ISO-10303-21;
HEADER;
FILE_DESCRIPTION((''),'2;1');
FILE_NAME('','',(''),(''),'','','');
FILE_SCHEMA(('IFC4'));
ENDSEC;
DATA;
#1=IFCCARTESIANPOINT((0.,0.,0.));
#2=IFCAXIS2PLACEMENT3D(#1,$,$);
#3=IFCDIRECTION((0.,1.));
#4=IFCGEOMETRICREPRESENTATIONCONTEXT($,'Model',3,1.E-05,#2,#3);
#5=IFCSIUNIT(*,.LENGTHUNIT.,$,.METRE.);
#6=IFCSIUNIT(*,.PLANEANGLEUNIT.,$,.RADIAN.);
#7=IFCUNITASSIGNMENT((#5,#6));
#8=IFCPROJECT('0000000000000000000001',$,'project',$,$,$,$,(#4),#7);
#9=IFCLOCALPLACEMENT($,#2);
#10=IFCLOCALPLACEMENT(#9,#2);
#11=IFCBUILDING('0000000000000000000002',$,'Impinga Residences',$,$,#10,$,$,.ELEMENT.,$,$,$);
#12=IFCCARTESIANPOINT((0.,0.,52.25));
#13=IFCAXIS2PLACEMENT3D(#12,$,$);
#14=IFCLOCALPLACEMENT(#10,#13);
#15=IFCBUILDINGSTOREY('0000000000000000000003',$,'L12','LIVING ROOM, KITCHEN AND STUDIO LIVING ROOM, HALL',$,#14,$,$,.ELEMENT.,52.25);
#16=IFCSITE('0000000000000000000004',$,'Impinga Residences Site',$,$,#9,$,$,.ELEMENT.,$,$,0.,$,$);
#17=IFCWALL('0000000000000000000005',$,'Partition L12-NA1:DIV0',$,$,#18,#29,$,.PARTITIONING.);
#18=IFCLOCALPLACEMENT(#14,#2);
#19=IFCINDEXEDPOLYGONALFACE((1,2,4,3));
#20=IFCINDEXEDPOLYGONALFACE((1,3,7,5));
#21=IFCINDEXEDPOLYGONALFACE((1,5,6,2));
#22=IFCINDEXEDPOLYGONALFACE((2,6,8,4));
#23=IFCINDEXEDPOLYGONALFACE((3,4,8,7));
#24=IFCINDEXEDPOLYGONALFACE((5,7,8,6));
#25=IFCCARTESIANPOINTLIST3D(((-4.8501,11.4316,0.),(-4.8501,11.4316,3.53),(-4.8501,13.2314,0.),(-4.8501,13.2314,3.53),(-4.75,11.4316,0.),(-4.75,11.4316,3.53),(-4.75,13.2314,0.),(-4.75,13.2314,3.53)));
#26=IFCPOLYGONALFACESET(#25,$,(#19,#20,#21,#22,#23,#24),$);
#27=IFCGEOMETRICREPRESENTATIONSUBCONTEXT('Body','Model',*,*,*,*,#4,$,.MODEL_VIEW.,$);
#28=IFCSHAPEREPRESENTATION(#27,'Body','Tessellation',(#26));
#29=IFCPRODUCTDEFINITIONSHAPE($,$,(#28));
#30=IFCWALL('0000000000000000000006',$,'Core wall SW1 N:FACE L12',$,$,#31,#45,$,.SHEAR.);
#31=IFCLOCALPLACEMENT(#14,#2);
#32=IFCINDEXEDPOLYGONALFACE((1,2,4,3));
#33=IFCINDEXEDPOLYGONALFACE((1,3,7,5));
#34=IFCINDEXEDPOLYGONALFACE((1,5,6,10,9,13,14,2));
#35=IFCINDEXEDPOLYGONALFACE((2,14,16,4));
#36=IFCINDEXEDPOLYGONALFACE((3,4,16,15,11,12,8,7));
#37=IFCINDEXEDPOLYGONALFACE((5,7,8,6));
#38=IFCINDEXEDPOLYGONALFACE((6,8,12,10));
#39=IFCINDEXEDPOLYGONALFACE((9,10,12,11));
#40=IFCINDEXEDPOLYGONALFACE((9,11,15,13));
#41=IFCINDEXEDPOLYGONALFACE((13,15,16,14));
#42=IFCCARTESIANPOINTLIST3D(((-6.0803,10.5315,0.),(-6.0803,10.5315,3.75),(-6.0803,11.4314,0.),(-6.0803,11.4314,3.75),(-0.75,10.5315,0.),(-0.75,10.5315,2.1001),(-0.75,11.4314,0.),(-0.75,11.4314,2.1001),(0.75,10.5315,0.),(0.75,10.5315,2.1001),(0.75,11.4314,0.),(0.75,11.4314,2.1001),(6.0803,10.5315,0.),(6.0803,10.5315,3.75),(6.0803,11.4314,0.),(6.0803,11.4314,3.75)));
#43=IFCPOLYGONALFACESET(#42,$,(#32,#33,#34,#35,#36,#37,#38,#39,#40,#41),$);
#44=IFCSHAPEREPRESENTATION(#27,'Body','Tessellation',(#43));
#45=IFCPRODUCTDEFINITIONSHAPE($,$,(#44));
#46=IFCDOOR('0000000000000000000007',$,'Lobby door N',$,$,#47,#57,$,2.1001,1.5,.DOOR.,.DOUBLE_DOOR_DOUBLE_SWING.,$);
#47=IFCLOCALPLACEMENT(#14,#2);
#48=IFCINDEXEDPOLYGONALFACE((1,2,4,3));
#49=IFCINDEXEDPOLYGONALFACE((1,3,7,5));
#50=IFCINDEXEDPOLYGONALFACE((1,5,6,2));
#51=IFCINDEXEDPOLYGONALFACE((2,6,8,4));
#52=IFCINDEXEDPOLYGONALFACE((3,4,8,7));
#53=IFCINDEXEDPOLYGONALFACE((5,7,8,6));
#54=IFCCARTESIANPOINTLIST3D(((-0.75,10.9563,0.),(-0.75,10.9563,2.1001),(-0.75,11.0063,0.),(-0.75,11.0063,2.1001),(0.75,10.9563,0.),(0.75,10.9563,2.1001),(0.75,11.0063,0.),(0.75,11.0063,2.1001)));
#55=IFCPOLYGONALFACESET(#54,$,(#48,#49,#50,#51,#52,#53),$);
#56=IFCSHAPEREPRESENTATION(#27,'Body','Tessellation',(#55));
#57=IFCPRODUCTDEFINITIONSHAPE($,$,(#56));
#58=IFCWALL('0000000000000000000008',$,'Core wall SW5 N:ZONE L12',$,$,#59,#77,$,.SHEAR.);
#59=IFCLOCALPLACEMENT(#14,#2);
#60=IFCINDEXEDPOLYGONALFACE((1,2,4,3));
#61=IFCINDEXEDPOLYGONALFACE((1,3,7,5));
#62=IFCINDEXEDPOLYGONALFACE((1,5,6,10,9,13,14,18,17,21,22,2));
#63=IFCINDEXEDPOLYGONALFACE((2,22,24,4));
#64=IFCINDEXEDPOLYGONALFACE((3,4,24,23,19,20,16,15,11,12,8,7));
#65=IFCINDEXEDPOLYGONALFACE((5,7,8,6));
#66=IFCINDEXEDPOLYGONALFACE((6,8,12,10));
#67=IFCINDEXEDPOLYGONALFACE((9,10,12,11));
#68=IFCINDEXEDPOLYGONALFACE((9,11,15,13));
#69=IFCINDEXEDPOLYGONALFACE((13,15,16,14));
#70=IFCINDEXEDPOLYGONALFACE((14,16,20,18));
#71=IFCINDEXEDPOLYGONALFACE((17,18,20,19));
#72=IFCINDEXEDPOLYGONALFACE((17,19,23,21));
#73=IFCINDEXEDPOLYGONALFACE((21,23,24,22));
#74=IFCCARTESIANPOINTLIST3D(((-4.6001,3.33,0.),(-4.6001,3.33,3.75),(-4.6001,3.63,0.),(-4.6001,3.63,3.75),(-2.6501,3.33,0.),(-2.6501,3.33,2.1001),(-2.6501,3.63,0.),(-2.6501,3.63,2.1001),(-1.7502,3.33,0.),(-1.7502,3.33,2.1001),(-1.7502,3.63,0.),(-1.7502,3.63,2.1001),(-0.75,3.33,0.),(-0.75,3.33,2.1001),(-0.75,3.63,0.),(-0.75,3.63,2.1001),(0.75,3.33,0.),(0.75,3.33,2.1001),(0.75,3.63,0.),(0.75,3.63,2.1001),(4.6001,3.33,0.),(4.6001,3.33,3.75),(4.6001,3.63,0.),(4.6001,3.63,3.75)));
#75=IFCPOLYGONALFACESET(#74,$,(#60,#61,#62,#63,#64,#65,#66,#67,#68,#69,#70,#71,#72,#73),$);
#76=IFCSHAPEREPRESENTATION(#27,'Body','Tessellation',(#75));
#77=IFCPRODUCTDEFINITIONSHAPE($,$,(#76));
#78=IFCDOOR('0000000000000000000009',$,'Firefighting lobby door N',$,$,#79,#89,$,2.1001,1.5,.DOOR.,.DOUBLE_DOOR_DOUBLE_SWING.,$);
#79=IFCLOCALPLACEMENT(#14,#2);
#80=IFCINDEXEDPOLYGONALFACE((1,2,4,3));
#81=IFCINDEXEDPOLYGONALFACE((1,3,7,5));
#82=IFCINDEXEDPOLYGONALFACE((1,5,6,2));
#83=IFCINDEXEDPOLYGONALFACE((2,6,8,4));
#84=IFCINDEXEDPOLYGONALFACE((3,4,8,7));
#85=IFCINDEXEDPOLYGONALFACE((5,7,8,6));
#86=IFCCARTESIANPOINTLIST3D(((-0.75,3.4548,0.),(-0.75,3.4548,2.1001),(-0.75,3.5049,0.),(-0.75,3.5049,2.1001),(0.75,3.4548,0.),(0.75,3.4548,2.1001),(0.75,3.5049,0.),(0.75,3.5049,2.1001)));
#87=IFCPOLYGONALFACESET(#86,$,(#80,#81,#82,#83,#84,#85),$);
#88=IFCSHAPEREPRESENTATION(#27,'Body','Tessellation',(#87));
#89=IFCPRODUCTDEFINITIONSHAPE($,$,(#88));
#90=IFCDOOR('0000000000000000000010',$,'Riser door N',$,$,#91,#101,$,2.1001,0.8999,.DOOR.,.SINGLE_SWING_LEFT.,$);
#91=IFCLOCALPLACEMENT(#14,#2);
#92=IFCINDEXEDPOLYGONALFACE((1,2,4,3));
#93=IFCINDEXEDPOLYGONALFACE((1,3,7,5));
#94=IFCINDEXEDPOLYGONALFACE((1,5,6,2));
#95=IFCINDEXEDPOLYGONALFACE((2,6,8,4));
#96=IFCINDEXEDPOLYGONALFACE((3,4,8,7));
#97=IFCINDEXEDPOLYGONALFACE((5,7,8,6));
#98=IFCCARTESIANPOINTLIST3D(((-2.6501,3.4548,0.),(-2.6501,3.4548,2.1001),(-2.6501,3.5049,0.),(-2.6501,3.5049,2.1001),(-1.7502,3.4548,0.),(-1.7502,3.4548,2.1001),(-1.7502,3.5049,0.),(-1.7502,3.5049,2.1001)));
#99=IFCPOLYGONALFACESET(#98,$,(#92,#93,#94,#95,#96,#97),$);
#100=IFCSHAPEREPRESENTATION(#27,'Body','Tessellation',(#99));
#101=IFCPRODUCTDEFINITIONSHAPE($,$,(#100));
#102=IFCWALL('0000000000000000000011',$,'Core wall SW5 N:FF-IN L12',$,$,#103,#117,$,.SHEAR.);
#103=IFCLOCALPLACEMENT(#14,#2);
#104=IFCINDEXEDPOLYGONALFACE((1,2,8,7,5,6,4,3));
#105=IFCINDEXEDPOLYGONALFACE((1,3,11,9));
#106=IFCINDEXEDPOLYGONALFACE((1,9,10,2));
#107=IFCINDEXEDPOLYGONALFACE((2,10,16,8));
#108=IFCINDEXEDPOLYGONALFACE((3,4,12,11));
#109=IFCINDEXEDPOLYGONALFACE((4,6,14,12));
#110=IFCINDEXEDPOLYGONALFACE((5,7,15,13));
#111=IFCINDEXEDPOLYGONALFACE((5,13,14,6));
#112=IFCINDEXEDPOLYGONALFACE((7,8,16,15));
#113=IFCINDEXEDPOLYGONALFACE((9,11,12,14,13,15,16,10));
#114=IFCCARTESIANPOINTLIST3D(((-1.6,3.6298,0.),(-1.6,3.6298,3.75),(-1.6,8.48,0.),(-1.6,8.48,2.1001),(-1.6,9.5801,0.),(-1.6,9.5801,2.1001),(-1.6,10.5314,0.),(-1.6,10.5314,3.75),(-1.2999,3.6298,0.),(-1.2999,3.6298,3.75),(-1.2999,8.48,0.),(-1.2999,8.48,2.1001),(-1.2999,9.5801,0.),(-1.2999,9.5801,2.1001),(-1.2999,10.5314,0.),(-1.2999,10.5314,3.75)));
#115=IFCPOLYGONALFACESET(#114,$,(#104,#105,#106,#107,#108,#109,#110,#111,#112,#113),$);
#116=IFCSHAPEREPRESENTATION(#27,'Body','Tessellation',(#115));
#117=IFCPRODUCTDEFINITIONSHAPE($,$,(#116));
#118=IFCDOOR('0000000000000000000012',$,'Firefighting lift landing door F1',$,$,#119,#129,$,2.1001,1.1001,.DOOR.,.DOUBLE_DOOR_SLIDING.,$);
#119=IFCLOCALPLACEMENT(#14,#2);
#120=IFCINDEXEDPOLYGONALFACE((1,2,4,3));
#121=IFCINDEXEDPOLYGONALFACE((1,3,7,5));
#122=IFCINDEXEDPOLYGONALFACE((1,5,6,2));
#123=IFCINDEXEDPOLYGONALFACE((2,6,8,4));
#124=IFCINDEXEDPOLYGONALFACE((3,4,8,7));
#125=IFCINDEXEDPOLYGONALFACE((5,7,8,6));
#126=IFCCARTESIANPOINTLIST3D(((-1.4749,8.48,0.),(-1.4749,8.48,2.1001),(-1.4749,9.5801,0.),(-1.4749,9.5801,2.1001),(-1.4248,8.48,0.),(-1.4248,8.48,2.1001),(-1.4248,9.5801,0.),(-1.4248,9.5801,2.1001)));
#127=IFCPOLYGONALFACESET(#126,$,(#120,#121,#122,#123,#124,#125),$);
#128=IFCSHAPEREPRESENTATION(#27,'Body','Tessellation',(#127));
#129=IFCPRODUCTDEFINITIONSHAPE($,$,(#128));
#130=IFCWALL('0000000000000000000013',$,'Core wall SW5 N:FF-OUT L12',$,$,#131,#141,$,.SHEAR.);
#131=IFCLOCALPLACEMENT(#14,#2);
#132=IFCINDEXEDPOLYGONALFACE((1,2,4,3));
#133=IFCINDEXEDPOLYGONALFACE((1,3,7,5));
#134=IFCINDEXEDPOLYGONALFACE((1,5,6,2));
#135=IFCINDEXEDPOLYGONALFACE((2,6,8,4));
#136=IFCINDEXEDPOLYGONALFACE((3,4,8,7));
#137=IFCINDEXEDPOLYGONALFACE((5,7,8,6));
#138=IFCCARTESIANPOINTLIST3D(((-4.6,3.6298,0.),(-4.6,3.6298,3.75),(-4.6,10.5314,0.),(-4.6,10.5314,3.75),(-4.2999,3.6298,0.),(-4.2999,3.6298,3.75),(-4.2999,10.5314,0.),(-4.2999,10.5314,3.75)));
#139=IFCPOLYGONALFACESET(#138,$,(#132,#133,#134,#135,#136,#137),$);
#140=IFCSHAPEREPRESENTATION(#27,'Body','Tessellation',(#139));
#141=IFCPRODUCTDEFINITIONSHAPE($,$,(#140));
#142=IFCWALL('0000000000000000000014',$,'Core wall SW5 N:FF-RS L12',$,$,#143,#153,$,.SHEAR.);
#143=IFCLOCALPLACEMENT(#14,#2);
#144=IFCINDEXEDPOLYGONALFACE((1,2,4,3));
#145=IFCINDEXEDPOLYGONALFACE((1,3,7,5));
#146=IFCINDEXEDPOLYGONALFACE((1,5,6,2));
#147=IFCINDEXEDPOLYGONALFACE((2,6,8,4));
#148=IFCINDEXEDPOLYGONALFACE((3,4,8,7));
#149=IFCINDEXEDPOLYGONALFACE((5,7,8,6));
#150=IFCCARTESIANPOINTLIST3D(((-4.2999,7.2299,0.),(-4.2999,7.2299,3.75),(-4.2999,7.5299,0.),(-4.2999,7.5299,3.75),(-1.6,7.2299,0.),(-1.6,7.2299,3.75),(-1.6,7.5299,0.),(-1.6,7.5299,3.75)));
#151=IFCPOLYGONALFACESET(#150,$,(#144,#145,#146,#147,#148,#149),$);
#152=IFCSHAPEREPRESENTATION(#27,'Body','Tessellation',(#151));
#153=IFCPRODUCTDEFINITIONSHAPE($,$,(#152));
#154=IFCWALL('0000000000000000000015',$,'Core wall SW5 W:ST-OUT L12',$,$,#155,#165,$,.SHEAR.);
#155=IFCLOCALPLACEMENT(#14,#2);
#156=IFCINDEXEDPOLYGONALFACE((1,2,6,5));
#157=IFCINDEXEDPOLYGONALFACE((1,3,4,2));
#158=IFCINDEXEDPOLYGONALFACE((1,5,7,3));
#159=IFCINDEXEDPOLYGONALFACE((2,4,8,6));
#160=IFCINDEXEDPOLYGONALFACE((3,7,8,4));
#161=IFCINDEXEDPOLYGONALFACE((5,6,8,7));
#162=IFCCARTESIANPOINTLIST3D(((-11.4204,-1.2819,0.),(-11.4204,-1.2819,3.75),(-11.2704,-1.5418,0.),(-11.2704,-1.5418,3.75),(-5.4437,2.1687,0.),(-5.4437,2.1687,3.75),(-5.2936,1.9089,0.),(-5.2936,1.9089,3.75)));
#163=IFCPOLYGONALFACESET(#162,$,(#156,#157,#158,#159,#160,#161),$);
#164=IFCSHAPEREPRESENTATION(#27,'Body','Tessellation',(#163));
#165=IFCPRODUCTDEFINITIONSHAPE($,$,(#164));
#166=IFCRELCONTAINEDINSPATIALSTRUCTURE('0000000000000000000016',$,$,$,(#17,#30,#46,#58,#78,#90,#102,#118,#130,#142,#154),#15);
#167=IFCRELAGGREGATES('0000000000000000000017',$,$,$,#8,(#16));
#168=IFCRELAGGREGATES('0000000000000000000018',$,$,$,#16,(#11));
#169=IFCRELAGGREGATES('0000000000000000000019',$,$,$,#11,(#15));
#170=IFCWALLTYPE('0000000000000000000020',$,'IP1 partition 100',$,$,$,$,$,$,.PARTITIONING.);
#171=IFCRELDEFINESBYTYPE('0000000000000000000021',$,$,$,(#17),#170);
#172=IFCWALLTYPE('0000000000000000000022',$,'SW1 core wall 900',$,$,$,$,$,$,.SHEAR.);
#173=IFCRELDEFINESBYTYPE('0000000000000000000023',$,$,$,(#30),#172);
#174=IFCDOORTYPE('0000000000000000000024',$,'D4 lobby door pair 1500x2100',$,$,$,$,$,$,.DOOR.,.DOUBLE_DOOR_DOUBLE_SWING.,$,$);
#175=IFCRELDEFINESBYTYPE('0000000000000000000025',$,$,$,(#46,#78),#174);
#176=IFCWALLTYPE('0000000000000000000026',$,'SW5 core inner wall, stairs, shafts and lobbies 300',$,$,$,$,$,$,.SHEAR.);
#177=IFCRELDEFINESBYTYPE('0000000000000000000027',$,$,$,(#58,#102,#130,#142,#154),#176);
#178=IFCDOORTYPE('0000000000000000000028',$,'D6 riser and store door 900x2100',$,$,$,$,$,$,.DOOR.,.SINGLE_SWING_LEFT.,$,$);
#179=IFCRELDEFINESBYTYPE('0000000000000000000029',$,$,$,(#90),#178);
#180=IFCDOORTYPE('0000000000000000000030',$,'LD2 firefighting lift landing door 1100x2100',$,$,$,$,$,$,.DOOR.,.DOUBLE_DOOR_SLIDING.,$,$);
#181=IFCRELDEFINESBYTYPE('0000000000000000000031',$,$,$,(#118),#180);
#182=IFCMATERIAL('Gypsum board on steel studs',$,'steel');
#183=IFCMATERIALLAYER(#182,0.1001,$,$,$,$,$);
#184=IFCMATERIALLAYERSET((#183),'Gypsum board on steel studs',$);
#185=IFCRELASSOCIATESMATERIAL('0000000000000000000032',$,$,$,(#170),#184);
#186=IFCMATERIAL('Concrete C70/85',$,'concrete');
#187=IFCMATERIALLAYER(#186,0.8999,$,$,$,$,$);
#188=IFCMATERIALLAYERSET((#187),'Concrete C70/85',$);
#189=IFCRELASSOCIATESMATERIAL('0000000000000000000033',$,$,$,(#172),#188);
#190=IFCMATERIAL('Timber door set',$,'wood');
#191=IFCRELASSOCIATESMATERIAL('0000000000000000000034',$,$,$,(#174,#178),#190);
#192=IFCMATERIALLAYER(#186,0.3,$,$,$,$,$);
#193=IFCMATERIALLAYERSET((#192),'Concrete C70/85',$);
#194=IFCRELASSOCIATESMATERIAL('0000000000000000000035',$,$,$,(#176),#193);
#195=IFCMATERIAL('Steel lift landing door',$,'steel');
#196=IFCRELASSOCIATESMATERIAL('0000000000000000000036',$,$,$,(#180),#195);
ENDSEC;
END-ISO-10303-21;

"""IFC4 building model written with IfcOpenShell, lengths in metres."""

from ifc_helpers import new_model, si_unit, direction, frame, frame_2d, origin, place, context, subcontext, project, spatial, rectangle, extrude, material, layer, layer_set, type_object, element, fill, save


model = new_model("IFC4")

# Units and contexts
model_context = context("Model", 3, precision=1e-05, world=origin(), true_north=direction((0.0, 1.0)))
body_context = subcontext(model_context, "Body", "Model", "MODEL_VIEW")
ifc_project = project(units=[si_unit("LENGTHUNIT", "METRE"), si_unit("PLANEANGLEUNIT", "RADIAN")], contexts=[model_context])

# Site, building, storey
site_placement = place(None, origin())
site = spatial("IfcSite", under=ifc_project, at=site_placement, Name="Impinga Residences Site", CompositionType="ELEMENT", RefElevation=0.0)
building_placement = place(site_placement, origin())
building = spatial("IfcBuilding", under=site, at=building_placement, Name="Impinga Residences", CompositionType="ELEMENT")
storey_placement = place(building_placement, frame((0.0, 0.0, 52.25)))
storey = spatial("IfcBuildingStorey", under=building, at=storey_placement, Name="L12", Description="LIVING ROOM, KITCHEN AND STUDIO LIVING ROOM, HALL", CompositionType="ELEMENT", Elevation=52.25)

# Shared definitions
ifc_material_1 = material(Name="Concrete C70/85", Category="concrete")
ifc_material_2 = material(Name="Timber door set", Category="wood")

# Wall
ifc_material_3 = material(Name="Gypsum board on steel studs", Category="steel")
ifc_layer_1 = layer(ifc_material_3, 0.1001)
ifc_layer_set_1 = layer_set([ifc_layer_1], Name="Gypsum board on steel studs")
wall_type_1 = type_object("IfcWallType", Name="IP1 partition 100", PredefinedType="PARTITIONING", material=ifc_layer_set_1)
wall_1_placement = place(storey_placement, frame((-4.8, 11.4316, 0.0), z_axis=(0.0, 0.0, 1.0), x_axis=(0.0, 1.0, 0.0)))
element("IfcWall", 1, at=wall_1_placement, inside=storey, type_object=wall_type_1, Name="Partition L12-NA1:DIV0", PredefinedType="PARTITIONING", context=body_context, shape_type="SweptSolid", body=[
    extrude(rectangle(XDim=1.7998, YDim=0.1001, at=frame_2d((0.8999, 0.0))), origin(), (0.0, 0.0, 1.0), 3.53),
])

# Wall, opening, door
ifc_layer_2 = layer(ifc_material_1, 0.8999)
ifc_layer_set_2 = layer_set([ifc_layer_2], Name="Concrete C70/85")
wall_type_2 = type_object("IfcWallType", Name="SW1 core wall 900", PredefinedType="SHEAR", material=ifc_layer_set_2)
wall_2_placement = place(storey_placement, frame((-6.0803, 10.9814, 0.0), z_axis=(0.0, 0.0, 1.0), x_axis=(1.0, 0.0, 0.0)))
wall_2 = element("IfcWall", 2, at=wall_2_placement, inside=storey, type_object=wall_type_2, Name="Core wall SW1 N:FACE L12", PredefinedType="SHEAR", context=body_context, shape_type="SweptSolid", body=[
    extrude(rectangle(XDim=12.1606, YDim=0.8999, at=frame_2d((6.0803, 0.0))), origin(), (0.0, 0.0, 1.0), 3.75),
])
opening_1_placement = place(wall_2_placement, frame((5.3303, 0.0, 0.0)))
opening_1 = element("IfcOpeningElement", 3, at=opening_1_placement, cuts=wall_2, PredefinedType="OPENING", context=body_context, shape_type="SweptSolid", body=[
    extrude(rectangle(XDim=1.5, YDim=2.1001, at=frame_2d((0.75, 1.05))), frame((0.0, 0.46, 0.0), z_axis=(0.0, -1.0, 0.0), x_axis=(1.0, 0.0, 0.0)), (0.0, 0.0, 1.0), 0.9199),
])
door_type_1 = type_object("IfcDoorType", Name="D4 lobby door pair 1500x2100", OperationType="DOUBLE_DOOR_DOUBLE_SWING", PredefinedType="DOOR", material=ifc_material_2)
door_1_placement = place(opening_1_placement, origin())
door_1 = element("IfcDoor", 4, at=door_1_placement, inside=storey, type_object=door_type_1, Name="Lobby door N", OperationType="DOUBLE_DOOR_DOUBLE_SWING", OverallHeight=2.1001, OverallWidth=1.5, PredefinedType="DOOR", context=body_context, shape_type="SweptSolid", body=[
    extrude(rectangle(XDim=1.5, YDim=2.1001, at=frame_2d((0.75, 1.05))), frame((0.0, 0.0249, 0.0), z_axis=(0.0, -1.0, 0.0), x_axis=(1.0, 0.0, 0.0)), (0.0, 0.0, 1.0), 0.05),
])
fill(opening_1, door_1)

# Wall, openings, doors
ifc_layer_3 = layer(ifc_material_1, 0.3)
ifc_layer_set_3 = layer_set([ifc_layer_3], Name="Concrete C70/85")
wall_type_3 = type_object("IfcWallType", Name="SW5 core inner wall, stairs, shafts and lobbies 300", PredefinedType="SHEAR", material=ifc_layer_set_3)
wall_3_placement = place(storey_placement, frame((-4.6001, 3.48, 0.0), z_axis=(0.0, 0.0, 1.0), x_axis=(1.0, 0.0, 0.0)))
wall_3 = element("IfcWall", 5, at=wall_3_placement, inside=storey, type_object=wall_type_3, Name="Core wall SW5 N:ZONE L12", PredefinedType="SHEAR", context=body_context, shape_type="SweptSolid", body=[
    extrude(rectangle(XDim=9.2002, YDim=0.3, at=frame_2d((4.6001, 0.0))), origin(), (0.0, 0.0, 1.0), 3.75),
])
opening_2_placement = place(wall_3_placement, frame((3.8501, 0.0, 0.0)))
opening_2 = element("IfcOpeningElement", 6, at=opening_2_placement, cuts=wall_3, PredefinedType="OPENING", context=body_context, shape_type="SweptSolid", body=[
    extrude(rectangle(XDim=1.5, YDim=2.1001, at=frame_2d((0.75, 1.05))), frame((0.0, 0.1599, 0.0), z_axis=(0.0, -1.0, 0.0), x_axis=(1.0, 0.0, 0.0)), (0.0, 0.0, 1.0), 0.3201),
])
opening_3_placement = place(wall_3_placement, frame((1.95, 0.0, 0.0)))
opening_3 = element("IfcOpeningElement", 7, at=opening_3_placement, cuts=wall_3, PredefinedType="OPENING", context=body_context, shape_type="SweptSolid", body=[
    extrude(rectangle(XDim=0.8999, YDim=2.1001, at=frame_2d((0.45, 1.05))), frame((0.0, 0.1599, 0.0), z_axis=(0.0, -1.0, 0.0), x_axis=(1.0, 0.0, 0.0)), (0.0, 0.0, 1.0), 0.3201),
])
door_2_placement = place(opening_2_placement, origin())
door_2 = element("IfcDoor", 8, at=door_2_placement, inside=storey, type_object=door_type_1, Name="Firefighting lobby door N", OperationType="DOUBLE_DOOR_DOUBLE_SWING", OverallHeight=2.1001, OverallWidth=1.5, PredefinedType="DOOR", context=body_context, shape_type="SweptSolid", body=[
    extrude(rectangle(XDim=1.5, YDim=2.1001, at=frame_2d((0.75, 1.05))), frame((0.0, 0.0249, 0.0), z_axis=(0.0, -1.0, 0.0), x_axis=(1.0, 0.0, 0.0)), (0.0, 0.0, 1.0), 0.05),
])
fill(opening_2, door_2)
door_type_2 = type_object("IfcDoorType", Name="D6 riser and store door 900x2100", OperationType="SINGLE_SWING_LEFT", PredefinedType="DOOR", material=ifc_material_2)
door_3_placement = place(opening_3_placement, origin())
door_3 = element("IfcDoor", 9, at=door_3_placement, inside=storey, type_object=door_type_2, Name="Riser door N", OperationType="SINGLE_SWING_LEFT", OverallHeight=2.1001, OverallWidth=0.8999, PredefinedType="DOOR", context=body_context, shape_type="SweptSolid", body=[
    extrude(rectangle(XDim=0.8999, YDim=2.1001, at=frame_2d((0.45, 1.05))), frame((0.0, 0.0249, 0.0), z_axis=(0.0, -1.0, 0.0), x_axis=(1.0, 0.0, 0.0)), (0.0, 0.0, 1.0), 0.05),
])
fill(opening_3, door_3)

# Wall, opening, door
wall_4_placement = place(storey_placement, frame((-1.45, 3.6299, 0.0), z_axis=(0.0, 0.0, 1.0), x_axis=(0.0, 1.0, 0.0)))
wall_4 = element("IfcWall", 10, at=wall_4_placement, inside=storey, type_object=wall_type_3, Name="Core wall SW5 N:FF-IN L12", PredefinedType="SHEAR", context=body_context, shape_type="SweptSolid", body=[
    extrude(rectangle(XDim=6.9016, YDim=0.3, at=frame_2d((3.4507, 0.0))), origin(), (0.0, 0.0, 1.0), 3.75),
])
opening_4_placement = place(wall_4_placement, frame((4.8501, 0.0, 0.0)))
opening_4 = element("IfcOpeningElement", 11, at=opening_4_placement, cuts=wall_4, PredefinedType="OPENING", context=body_context, shape_type="SweptSolid", body=[
    extrude(rectangle(XDim=1.1001, YDim=2.1001, at=frame_2d((0.55, 1.05))), frame((0.0, 0.1599, 0.0), z_axis=(0.0, -1.0, 0.0), x_axis=(1.0, 0.0, 0.0)), (0.0, 0.0, 1.0), 0.3201),
])
ifc_material_4 = material(Name="Steel lift landing door", Category="steel")
door_type_3 = type_object("IfcDoorType", Name="LD2 firefighting lift landing door 1100x2100", OperationType="DOUBLE_DOOR_SLIDING", PredefinedType="DOOR", material=ifc_material_4)
door_4_placement = place(opening_4_placement, origin())
door_4 = element("IfcDoor", 12, at=door_4_placement, inside=storey, type_object=door_type_3, Name="Firefighting lift landing door F1", OperationType="DOUBLE_DOOR_SLIDING", OverallHeight=2.1001, OverallWidth=1.1001, PredefinedType="DOOR", context=body_context, shape_type="SweptSolid", body=[
    extrude(rectangle(XDim=1.1001, YDim=2.1001, at=frame_2d((0.55, 1.05))), frame((0.0, 0.0249, 0.0), z_axis=(0.0, -1.0, 0.0), x_axis=(1.0, 0.0, 0.0)), (0.0, 0.0, 1.0), 0.05),
])
fill(opening_4, door_4)

# Walls
wall_5_placement = place(storey_placement, frame((-4.45, 3.6299, 0.0), z_axis=(0.0, 0.0, 1.0), x_axis=(0.0, 1.0, 0.0)))
element("IfcWall", 13, at=wall_5_placement, inside=storey, type_object=wall_type_3, Name="Core wall SW5 N:FF-OUT L12", PredefinedType="SHEAR", context=body_context, shape_type="SweptSolid", body=[
    extrude(rectangle(XDim=6.9016, YDim=0.3, at=frame_2d((3.4507, 0.0))), origin(), (0.0, 0.0, 1.0), 3.75),
])
wall_6_placement = place(storey_placement, frame((-4.3, 7.3799, 0.0), z_axis=(0.0, 0.0, 1.0), x_axis=(1.0, 0.0, 0.0)))
element("IfcWall", 14, at=wall_6_placement, inside=storey, type_object=wall_type_3, Name="Core wall SW5 N:FF-RS L12", PredefinedType="SHEAR", context=body_context, shape_type="SweptSolid", body=[
    extrude(rectangle(XDim=2.7, YDim=0.3, at=frame_2d((1.3501, 0.0))), origin(), (0.0, 0.0, 1.0), 3.75),
])
wall_7_placement = place(storey_placement, frame((-5.3687, 2.0388, 0.0), z_axis=(0.0, 0.0, 1.0), x_axis=(-0.866027, -0.499997, 0.0)))
element("IfcWall", 15, at=wall_7_placement, inside=storey, type_object=wall_type_3, Name="Core wall SW5 W:ST-OUT L12", PredefinedType="SHEAR", context=body_context, shape_type="SweptSolid", body=[
    extrude(rectangle(XDim=6.9014, YDim=0.3, at=frame_2d((3.4507, 0.0))), origin(), (0.0, 0.0, 1.0), 3.75),
])

save(model, "model.ifc")
